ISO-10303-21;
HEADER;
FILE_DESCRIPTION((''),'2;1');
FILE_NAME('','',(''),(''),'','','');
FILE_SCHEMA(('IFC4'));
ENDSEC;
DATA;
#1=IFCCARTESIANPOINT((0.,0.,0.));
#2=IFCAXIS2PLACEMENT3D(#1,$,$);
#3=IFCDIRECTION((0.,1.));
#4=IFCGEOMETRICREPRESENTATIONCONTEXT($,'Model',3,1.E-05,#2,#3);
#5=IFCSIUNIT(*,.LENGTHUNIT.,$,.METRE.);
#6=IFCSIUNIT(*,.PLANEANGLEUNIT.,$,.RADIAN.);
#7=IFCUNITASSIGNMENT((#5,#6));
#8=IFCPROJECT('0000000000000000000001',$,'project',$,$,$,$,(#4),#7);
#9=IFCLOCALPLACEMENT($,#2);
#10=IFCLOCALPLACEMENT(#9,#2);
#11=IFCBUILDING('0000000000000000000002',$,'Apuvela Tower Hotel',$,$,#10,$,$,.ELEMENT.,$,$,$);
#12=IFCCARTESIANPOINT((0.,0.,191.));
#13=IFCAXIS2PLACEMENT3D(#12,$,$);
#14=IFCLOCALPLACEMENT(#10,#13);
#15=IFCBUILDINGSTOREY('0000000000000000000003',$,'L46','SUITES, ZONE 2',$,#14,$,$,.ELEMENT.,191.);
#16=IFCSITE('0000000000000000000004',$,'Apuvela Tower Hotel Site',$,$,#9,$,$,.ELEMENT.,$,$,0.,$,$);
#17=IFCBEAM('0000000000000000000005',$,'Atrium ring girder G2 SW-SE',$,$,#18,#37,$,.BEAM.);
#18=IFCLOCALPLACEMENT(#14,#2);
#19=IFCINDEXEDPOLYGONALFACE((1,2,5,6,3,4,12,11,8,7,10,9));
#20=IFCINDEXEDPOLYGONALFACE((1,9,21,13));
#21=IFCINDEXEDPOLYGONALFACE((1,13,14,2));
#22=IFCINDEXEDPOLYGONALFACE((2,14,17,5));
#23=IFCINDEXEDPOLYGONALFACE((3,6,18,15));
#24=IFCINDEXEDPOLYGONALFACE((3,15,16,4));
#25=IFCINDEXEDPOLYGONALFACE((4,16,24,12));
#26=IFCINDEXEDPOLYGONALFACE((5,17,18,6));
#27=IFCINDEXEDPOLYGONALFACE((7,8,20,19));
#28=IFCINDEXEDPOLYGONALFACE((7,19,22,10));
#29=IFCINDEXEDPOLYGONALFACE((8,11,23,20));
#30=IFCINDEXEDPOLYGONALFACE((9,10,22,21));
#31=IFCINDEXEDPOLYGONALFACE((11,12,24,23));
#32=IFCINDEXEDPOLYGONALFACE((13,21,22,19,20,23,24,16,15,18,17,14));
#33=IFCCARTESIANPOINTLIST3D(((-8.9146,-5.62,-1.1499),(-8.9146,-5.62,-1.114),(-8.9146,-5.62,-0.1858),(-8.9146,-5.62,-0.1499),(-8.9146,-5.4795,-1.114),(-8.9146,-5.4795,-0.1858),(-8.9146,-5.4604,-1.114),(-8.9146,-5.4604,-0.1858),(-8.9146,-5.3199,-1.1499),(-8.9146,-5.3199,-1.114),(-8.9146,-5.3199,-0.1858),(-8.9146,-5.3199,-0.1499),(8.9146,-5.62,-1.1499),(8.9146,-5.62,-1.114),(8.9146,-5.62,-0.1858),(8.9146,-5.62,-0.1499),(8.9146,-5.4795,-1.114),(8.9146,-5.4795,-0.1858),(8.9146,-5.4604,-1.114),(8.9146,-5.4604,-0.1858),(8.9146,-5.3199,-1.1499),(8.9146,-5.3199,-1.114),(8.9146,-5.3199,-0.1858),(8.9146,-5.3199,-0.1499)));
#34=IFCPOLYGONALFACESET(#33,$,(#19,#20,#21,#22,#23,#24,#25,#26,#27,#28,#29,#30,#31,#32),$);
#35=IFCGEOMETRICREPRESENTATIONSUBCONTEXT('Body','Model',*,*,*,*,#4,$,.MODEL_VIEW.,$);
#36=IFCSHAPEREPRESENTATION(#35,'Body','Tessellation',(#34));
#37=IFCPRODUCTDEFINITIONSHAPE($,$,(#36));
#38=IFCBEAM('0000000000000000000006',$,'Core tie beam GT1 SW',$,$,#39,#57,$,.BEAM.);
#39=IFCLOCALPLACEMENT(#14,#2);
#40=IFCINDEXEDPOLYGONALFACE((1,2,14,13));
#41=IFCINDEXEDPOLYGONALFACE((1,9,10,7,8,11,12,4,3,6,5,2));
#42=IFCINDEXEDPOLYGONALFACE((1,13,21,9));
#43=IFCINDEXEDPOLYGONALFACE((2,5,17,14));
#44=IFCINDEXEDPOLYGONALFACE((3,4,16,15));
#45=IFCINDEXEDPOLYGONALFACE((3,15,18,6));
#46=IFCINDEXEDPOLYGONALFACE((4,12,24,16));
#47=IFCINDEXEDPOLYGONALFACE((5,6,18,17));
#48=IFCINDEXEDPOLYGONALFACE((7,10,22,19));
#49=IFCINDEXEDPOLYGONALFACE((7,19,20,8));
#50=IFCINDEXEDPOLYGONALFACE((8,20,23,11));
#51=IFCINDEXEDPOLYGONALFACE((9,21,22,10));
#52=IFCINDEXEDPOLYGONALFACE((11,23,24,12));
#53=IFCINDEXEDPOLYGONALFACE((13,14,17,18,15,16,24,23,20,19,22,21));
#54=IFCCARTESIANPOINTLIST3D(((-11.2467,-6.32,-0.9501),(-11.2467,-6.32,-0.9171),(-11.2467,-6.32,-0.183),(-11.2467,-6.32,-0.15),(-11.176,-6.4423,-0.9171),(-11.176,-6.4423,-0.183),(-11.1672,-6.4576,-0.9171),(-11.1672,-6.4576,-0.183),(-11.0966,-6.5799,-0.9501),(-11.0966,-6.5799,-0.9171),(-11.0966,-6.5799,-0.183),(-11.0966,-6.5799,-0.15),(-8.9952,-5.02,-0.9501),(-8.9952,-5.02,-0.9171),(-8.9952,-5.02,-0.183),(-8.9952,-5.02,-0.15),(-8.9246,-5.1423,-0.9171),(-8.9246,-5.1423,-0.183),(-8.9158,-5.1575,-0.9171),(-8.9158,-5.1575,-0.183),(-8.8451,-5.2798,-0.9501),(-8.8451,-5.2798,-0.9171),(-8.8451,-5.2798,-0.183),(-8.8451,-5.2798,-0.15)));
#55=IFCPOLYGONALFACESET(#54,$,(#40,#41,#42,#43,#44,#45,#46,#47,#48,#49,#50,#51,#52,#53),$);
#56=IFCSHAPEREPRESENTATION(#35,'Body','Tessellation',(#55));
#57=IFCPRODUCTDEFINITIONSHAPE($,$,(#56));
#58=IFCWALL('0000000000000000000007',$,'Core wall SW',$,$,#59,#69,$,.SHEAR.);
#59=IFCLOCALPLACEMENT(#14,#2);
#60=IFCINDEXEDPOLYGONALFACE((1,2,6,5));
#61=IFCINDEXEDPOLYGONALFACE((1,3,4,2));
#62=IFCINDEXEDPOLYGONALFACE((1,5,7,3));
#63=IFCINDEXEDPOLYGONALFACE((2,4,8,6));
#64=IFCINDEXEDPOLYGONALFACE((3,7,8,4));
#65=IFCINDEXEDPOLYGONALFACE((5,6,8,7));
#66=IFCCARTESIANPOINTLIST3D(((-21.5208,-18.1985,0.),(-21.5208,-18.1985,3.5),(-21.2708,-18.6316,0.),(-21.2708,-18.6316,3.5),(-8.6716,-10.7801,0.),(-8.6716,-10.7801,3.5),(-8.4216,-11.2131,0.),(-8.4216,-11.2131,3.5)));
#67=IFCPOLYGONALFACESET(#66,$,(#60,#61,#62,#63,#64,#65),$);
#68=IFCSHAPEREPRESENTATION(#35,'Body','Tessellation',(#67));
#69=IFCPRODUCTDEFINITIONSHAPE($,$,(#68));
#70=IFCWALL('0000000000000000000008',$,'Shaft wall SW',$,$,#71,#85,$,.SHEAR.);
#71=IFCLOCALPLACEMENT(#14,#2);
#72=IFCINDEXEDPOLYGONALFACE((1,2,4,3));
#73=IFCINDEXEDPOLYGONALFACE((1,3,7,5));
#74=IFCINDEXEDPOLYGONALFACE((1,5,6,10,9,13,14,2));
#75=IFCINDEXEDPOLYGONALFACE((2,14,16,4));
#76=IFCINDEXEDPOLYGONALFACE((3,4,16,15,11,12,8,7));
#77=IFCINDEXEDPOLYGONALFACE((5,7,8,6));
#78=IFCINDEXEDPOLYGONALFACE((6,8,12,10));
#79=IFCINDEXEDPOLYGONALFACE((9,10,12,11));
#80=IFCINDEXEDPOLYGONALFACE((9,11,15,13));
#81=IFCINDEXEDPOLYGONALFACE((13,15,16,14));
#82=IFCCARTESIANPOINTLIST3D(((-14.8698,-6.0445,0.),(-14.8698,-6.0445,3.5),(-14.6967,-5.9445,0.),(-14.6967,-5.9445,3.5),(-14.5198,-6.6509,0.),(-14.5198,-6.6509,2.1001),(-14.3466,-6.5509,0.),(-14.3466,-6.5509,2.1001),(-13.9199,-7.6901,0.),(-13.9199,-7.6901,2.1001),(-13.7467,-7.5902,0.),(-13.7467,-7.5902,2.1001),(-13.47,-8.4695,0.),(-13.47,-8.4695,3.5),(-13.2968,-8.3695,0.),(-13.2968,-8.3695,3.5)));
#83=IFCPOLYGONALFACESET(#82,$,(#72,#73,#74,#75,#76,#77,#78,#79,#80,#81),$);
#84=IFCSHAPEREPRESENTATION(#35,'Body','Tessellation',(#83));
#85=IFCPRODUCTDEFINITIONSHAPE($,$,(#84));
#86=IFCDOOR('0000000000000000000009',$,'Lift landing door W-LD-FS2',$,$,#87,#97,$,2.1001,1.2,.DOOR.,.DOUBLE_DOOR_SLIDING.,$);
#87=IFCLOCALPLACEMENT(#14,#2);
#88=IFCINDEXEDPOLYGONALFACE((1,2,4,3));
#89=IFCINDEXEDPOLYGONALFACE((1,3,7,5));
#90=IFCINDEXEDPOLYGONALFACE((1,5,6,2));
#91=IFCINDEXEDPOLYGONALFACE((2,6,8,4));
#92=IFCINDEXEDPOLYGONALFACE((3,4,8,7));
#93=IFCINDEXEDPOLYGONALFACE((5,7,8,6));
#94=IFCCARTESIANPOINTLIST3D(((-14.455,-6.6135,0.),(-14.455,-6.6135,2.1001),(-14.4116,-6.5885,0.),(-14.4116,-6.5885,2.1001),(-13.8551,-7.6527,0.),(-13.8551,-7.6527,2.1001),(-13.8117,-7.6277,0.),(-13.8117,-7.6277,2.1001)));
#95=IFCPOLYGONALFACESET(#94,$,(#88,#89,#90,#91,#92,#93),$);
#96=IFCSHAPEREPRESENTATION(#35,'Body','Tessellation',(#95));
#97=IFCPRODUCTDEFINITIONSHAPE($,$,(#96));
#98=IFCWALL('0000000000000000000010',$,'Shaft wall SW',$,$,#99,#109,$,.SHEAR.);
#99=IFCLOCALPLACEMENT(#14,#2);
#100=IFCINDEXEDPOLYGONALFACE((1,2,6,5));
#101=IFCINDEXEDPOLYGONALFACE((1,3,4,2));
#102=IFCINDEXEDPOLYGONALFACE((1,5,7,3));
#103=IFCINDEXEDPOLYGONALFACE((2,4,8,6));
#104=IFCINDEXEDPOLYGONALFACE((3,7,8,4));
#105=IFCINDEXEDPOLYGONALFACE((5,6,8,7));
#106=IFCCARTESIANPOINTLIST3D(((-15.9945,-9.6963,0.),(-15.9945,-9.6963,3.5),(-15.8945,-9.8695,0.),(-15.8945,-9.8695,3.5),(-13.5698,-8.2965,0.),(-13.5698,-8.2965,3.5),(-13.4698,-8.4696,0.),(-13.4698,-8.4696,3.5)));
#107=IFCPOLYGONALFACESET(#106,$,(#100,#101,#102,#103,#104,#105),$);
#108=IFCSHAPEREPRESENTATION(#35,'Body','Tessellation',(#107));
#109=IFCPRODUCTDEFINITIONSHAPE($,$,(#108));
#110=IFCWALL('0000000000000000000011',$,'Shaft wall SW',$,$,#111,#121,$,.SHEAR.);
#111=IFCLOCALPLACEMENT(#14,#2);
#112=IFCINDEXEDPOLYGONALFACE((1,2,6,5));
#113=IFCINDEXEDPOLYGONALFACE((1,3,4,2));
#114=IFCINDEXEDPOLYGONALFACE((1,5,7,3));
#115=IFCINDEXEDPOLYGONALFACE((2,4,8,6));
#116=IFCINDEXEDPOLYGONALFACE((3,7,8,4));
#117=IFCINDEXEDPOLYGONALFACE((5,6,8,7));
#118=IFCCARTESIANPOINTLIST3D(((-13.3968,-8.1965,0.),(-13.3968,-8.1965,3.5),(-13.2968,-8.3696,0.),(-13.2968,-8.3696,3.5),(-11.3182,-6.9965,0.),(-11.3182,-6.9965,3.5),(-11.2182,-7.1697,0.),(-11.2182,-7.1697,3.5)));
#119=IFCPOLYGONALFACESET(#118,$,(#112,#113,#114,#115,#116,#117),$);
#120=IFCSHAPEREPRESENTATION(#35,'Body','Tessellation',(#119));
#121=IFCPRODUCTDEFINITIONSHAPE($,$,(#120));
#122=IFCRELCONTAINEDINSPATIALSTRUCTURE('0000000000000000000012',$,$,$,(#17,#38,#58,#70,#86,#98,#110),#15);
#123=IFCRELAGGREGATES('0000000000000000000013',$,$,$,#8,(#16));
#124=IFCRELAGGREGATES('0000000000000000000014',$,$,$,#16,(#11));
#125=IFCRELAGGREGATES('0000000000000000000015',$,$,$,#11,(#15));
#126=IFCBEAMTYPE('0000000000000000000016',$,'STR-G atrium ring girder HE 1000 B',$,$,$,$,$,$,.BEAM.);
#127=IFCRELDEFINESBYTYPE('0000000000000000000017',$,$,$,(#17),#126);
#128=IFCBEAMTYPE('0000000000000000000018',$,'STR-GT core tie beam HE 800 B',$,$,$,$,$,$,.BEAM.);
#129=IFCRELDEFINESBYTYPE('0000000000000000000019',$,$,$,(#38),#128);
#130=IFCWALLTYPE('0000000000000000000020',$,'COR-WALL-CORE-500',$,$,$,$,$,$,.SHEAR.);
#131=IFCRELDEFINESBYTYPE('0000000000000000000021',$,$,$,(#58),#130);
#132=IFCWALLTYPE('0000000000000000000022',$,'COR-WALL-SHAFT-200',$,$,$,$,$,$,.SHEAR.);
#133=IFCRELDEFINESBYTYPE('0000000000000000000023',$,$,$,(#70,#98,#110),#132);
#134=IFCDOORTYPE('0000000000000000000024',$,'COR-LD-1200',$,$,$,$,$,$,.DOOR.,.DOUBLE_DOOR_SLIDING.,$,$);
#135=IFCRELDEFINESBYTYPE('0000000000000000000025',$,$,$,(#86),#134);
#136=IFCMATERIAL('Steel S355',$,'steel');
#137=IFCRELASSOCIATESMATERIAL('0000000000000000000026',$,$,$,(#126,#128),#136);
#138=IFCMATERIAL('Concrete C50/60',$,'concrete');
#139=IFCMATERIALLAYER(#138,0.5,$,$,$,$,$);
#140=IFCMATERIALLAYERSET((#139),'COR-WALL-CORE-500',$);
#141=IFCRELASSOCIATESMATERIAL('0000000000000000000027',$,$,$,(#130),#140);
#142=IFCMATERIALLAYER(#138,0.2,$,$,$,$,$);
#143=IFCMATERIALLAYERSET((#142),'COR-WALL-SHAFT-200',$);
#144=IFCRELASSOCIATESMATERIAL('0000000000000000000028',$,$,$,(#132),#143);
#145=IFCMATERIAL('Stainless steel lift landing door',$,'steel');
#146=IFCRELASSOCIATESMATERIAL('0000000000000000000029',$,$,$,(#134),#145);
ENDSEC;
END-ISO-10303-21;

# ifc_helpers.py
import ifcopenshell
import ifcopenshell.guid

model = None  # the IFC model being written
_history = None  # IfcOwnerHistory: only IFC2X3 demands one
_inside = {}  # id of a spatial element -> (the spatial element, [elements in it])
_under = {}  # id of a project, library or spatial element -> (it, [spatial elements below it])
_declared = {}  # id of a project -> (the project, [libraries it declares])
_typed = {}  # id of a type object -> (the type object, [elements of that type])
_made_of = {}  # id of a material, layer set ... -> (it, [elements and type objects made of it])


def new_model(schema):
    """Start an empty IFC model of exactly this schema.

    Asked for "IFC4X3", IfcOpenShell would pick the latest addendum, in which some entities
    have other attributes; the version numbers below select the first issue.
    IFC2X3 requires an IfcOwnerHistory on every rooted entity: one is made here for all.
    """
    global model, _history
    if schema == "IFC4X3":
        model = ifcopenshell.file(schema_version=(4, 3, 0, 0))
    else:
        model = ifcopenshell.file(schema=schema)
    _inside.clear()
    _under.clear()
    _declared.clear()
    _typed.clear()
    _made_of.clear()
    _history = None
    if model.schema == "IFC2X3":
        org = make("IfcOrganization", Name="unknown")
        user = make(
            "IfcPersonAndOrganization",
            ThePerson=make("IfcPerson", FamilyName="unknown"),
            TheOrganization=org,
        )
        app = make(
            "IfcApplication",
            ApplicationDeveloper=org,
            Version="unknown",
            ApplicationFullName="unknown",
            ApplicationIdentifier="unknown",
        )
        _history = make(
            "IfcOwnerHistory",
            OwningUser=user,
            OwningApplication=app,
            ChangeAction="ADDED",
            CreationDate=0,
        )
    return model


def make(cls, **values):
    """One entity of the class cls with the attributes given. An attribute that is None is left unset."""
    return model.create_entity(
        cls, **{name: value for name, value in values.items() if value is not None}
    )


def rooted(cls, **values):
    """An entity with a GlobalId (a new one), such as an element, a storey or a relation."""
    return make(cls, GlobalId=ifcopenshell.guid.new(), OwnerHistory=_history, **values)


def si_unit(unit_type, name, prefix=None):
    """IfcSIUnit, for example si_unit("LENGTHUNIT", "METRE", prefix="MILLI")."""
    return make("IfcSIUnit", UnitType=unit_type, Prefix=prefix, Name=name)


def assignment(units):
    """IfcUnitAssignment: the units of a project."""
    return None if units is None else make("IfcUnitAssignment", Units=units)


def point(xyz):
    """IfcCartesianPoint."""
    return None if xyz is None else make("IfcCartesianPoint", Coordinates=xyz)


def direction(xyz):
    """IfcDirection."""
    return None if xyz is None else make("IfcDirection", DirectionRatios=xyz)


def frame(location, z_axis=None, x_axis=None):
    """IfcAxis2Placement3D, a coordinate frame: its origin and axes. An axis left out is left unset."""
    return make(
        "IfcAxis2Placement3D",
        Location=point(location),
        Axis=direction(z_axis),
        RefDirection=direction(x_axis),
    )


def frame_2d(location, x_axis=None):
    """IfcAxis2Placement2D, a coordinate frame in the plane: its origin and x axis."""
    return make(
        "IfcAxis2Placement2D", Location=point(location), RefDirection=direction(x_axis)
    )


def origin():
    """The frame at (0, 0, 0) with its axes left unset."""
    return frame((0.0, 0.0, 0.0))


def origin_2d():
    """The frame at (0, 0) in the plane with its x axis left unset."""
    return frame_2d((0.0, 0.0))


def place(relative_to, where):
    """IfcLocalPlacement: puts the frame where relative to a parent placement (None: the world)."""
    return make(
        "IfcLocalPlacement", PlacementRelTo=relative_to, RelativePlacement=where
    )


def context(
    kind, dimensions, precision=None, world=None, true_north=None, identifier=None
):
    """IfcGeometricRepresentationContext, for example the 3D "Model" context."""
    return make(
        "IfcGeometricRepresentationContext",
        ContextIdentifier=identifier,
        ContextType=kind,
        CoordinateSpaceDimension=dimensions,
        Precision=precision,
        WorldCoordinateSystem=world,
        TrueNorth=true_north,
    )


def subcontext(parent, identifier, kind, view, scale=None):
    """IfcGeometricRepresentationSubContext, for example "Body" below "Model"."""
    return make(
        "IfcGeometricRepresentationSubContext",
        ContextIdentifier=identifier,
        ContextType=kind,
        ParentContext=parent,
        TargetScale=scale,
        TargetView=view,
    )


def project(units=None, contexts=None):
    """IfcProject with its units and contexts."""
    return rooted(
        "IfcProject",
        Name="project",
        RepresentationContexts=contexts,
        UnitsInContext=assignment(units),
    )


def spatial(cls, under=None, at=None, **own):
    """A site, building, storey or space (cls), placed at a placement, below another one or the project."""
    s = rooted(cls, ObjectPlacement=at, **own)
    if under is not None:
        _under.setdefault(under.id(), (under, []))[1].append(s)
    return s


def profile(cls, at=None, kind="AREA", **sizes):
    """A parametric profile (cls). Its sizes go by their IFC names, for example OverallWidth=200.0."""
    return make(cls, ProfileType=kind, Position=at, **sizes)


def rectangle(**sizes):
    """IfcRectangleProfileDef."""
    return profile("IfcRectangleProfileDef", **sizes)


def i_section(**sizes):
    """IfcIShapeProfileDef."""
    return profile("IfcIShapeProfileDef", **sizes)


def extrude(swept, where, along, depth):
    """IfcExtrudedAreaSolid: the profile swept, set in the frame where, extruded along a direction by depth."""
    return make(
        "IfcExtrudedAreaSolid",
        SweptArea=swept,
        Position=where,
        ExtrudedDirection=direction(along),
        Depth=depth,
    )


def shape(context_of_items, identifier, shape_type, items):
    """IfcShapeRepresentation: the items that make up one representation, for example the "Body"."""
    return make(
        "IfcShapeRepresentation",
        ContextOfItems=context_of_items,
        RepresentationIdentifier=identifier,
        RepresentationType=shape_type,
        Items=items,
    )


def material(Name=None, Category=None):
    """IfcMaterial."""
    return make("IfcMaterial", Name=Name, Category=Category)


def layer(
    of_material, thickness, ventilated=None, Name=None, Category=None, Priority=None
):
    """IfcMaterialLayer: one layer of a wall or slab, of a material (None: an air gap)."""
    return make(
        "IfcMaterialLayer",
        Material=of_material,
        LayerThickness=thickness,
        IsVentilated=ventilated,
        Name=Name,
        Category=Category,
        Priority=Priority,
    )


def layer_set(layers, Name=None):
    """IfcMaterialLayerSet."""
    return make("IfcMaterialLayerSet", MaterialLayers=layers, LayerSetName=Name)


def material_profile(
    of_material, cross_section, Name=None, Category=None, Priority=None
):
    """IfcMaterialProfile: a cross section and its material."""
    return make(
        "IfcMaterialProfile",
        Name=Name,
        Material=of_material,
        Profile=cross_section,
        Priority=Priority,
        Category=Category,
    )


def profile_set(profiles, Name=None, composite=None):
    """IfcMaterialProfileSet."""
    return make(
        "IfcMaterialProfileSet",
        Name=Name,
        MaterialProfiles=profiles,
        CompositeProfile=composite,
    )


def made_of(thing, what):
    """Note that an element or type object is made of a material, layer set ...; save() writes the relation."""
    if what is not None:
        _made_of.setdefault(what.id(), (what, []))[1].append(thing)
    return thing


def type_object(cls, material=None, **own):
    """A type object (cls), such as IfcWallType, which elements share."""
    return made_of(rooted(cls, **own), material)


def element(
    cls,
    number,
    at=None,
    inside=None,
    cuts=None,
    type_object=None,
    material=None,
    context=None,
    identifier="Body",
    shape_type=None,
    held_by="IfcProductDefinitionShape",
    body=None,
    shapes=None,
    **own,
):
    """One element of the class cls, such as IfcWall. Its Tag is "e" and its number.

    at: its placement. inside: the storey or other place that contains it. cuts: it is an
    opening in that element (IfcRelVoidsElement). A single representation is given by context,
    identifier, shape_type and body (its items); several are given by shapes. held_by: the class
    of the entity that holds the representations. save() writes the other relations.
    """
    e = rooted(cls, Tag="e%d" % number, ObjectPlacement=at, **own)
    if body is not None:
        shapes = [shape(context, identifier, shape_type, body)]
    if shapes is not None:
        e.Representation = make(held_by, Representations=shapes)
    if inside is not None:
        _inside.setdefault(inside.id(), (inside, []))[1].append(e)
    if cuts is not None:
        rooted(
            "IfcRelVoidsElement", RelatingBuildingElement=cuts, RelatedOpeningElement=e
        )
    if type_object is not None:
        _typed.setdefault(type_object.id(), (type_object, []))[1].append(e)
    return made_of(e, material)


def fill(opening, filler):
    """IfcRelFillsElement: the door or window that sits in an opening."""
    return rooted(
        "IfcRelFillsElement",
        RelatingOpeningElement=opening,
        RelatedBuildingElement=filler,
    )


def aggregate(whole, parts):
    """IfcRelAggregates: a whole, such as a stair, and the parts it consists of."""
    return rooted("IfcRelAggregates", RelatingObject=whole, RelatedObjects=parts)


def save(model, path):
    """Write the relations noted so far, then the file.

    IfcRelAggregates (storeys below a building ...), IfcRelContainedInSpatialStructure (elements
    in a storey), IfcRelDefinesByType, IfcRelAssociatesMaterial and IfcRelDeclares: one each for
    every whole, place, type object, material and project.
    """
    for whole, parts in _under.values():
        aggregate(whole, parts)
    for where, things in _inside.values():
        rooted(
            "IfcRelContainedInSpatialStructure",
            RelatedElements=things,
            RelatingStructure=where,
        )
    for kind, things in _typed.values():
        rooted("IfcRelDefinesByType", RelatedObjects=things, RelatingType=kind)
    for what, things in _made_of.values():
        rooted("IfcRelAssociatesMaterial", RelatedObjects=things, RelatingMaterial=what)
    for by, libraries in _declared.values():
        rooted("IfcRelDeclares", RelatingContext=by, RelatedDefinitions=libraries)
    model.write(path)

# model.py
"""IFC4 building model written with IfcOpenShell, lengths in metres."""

from ifc_helpers import new_model, si_unit, direction, frame, frame_2d, origin, origin_2d, place, context, subcontext, project, spatial, rectangle, i_section, extrude, material, layer, layer_set, material_profile, profile_set, type_object, element, fill, save


model = new_model("IFC4")

# Units and contexts
model_context = context("Model", 3, precision=1e-05, world=origin(), true_north=direction((0.0, 1.0)))
body_context = subcontext(model_context, "Body", "Model", "MODEL_VIEW")
ifc_project = project(units=[si_unit("LENGTHUNIT", "METRE"), si_unit("PLANEANGLEUNIT", "RADIAN")], contexts=[model_context])

# Site, building, storey
site_placement = place(None, origin())
site = spatial("IfcSite", under=ifc_project, at=site_placement, Name="Apuvela Tower Hotel Site", CompositionType="ELEMENT", RefElevation=0.0)
building_placement = place(site_placement, origin())
building = spatial("IfcBuilding", under=site, at=building_placement, Name="Apuvela Tower Hotel", CompositionType="ELEMENT")
storey_placement = place(building_placement, frame((0.0, 0.0, 191.0)))
storey = spatial("IfcBuildingStorey", under=building, at=storey_placement, Name="L46", Description="SUITES, ZONE 2", CompositionType="ELEMENT", Elevation=191.0)

# Beams
ifc_material_1 = material(Name="Steel S355", Category="steel")
ifc_material_profile_1 = material_profile(ifc_material_1, i_section(OverallWidth=0.3, OverallDepth=1.0, WebThickness=0.019, FlangeThickness=0.0359, at=origin_2d()), Name="HE 1000 B")
ifc_profile_set_1 = profile_set([ifc_material_profile_1], Name="Steel S355")
beam_type_1 = type_object("IfcBeamType", Name="STR-G atrium ring girder HE 1000 B", PredefinedType="BEAM", material=ifc_profile_set_1)
beam_1_placement = place(storey_placement, frame((-8.9146, -5.47, -0.6499), z_axis=(1.0, 0.0, 0.0), x_axis=(0.0, 1.0, 0.0)))
element("IfcBeam", 1, at=beam_1_placement, inside=storey, type_object=beam_type_1, Name="Atrium ring girder G2 SW-SE", PredefinedType="BEAM", context=body_context, shape_type="SweptSolid", body=[
    extrude(i_section(OverallWidth=0.3, OverallDepth=1.0, WebThickness=0.019, FlangeThickness=0.0359, at=origin_2d()), origin(), (0.0, 0.0, 1.0), 17.8291),
])
ifc_material_profile_2 = material_profile(ifc_material_1, i_section(OverallWidth=0.3, OverallDepth=0.8, WebThickness=0.0176, FlangeThickness=0.033, at=origin_2d()), Name="HE 800 B")
ifc_profile_set_2 = profile_set([ifc_material_profile_2], Name="Steel S355")
beam_type_2 = type_object("IfcBeamType", Name="STR-GT core tie beam HE 800 B", PredefinedType="BEAM", material=ifc_profile_set_2)
beam_2_placement = place(storey_placement, frame((-11.1716, -6.45, -0.55), z_axis=(0.865998, 0.500048, 0.0), x_axis=(-0.500048, 0.865998, 0.0)))
element("IfcBeam", 2, at=beam_2_placement, inside=storey, type_object=beam_type_2, Name="Core tie beam GT1 SW", PredefinedType="BEAM", context=body_context, shape_type="SweptSolid", body=[
    extrude(i_section(OverallWidth=0.3, OverallDepth=0.8, WebThickness=0.0176, FlangeThickness=0.033, at=origin_2d()), origin(), (0.0, 0.0, 1.0), 2.5999),
])

# Wall
ifc_material_2 = material(Name="Concrete C50/60", Category="concrete")
ifc_layer_1 = layer(ifc_material_2, 0.5)
ifc_layer_set_1 = layer_set([ifc_layer_1], Name="COR-WALL-CORE-500")
wall_type_1 = type_object("IfcWallType", Name="COR-WALL-CORE-500", PredefinedType="SHEAR", material=ifc_layer_set_1)
wall_1_placement = place(storey_placement, frame((-8.5466, -10.9966, 0.0), z_axis=(0.0, 0.0, 1.0), x_axis=(-0.866025, -0.500001, 0.0)))
element("IfcWall", 3, at=wall_1_placement, inside=storey, type_object=wall_type_1, Name="Core wall SW", PredefinedType="SHEAR", context=body_context, shape_type="SweptSolid", body=[
    extrude(rectangle(XDim=14.8369, YDim=0.5, at=frame_2d((7.4185, 0.0))), origin(), (0.0, 0.0, 1.0), 3.5),
])

# Wall, opening, door
ifc_layer_2 = layer(ifc_material_2, 0.2)
ifc_layer_set_2 = layer_set([ifc_layer_2], Name="COR-WALL-SHAFT-200")
wall_type_2 = type_object("IfcWallType", Name="COR-WALL-SHAFT-200", PredefinedType="SHEAR", material=ifc_layer_set_2)
wall_2_placement = place(storey_placement, frame((-14.7832, -5.9946, 0.0), z_axis=(0.0, 0.0, 1.0), x_axis=(0.499946, -0.866056, 0.0)))
wall_2 = element("IfcWall", 4, at=wall_2_placement, inside=storey, type_object=wall_type_2, Name="Shaft wall SW", PredefinedType="SHEAR", context=body_context, shape_type="SweptSolid", body=[
    extrude(rectangle(XDim=2.8, YDim=0.2, at=frame_2d((1.3999, 0.0))), origin(), (0.0, 0.0, 1.0), 3.5),
])
opening_1_placement = place(wall_2_placement, frame((0.7, 0.0, 0.0)))
opening_1 = element("IfcOpeningElement", 5, at=opening_1_placement, cuts=wall_2, PredefinedType="OPENING", context=body_context, shape_type="SweptSolid", body=[
    extrude(rectangle(XDim=1.2, YDim=2.1001, at=frame_2d((0.6001, 1.05))), frame((0.0, 0.1099, 0.0), z_axis=(0.0, -1.0, 0.0), x_axis=(1.0, 0.0, 0.0)), (0.0, 0.0, 1.0), 0.22),
])
ifc_material_3 = material(Name="Stainless steel lift landing door", Category="steel")
door_type_1 = type_object("IfcDoorType", Name="COR-LD-1200", OperationType="DOUBLE_DOOR_SLIDING", PredefinedType="DOOR", material=ifc_material_3)
door_1_placement = place(opening_1_placement, origin())
door_1 = element("IfcDoor", 6, at=door_1_placement, inside=storey, type_object=door_type_1, Name="Lift landing door W-LD-FS2", OperationType="DOUBLE_DOOR_SLIDING", OverallHeight=2.1001, OverallWidth=1.2, PredefinedType="DOOR", context=body_context, shape_type="SweptSolid", body=[
    extrude(rectangle(XDim=1.2, YDim=2.1001, at=frame_2d((0.6001, 1.05))), frame((0.0, 0.0249, 0.0), z_axis=(0.0, -1.0, 0.0), x_axis=(1.0, 0.0, 0.0)), (0.0, 0.0, 1.0), 0.05),
])
fill(opening_1, door_1)

# Walls
wall_3_placement = place(storey_placement, frame((-13.5198, -8.3831, 0.0), z_axis=(0.0, 0.0, 1.0), x_axis=(-0.866035, -0.499984, 0.0)))
element("IfcWall", 7, at=wall_3_placement, inside=storey, type_object=wall_type_2, Name="Shaft wall SW", PredefinedType="SHEAR", context=body_context, shape_type="SweptSolid", body=[
    extrude(rectangle(XDim=2.7998, YDim=0.2, at=frame_2d((1.3999, 0.0))), origin(), (0.0, 0.0, 1.0), 3.5),
])
wall_4_placement = place(storey_placement, frame((-11.2681, -7.083, 0.0), z_axis=(0.0, 0.0, 1.0), x_axis=(-0.86605, -0.499957, 0.0)))
element("IfcWall", 8, at=wall_4_placement, inside=storey, type_object=wall_type_2, Name="Shaft wall SW", PredefinedType="SHEAR", context=body_context, shape_type="SweptSolid", body=[
    extrude(rectangle(XDim=2.4001, YDim=0.2, at=frame_2d((1.2002, 0.0))), origin(), (0.0, 0.0, 1.0), 3.5),
])

save(model, "model.ifc")
